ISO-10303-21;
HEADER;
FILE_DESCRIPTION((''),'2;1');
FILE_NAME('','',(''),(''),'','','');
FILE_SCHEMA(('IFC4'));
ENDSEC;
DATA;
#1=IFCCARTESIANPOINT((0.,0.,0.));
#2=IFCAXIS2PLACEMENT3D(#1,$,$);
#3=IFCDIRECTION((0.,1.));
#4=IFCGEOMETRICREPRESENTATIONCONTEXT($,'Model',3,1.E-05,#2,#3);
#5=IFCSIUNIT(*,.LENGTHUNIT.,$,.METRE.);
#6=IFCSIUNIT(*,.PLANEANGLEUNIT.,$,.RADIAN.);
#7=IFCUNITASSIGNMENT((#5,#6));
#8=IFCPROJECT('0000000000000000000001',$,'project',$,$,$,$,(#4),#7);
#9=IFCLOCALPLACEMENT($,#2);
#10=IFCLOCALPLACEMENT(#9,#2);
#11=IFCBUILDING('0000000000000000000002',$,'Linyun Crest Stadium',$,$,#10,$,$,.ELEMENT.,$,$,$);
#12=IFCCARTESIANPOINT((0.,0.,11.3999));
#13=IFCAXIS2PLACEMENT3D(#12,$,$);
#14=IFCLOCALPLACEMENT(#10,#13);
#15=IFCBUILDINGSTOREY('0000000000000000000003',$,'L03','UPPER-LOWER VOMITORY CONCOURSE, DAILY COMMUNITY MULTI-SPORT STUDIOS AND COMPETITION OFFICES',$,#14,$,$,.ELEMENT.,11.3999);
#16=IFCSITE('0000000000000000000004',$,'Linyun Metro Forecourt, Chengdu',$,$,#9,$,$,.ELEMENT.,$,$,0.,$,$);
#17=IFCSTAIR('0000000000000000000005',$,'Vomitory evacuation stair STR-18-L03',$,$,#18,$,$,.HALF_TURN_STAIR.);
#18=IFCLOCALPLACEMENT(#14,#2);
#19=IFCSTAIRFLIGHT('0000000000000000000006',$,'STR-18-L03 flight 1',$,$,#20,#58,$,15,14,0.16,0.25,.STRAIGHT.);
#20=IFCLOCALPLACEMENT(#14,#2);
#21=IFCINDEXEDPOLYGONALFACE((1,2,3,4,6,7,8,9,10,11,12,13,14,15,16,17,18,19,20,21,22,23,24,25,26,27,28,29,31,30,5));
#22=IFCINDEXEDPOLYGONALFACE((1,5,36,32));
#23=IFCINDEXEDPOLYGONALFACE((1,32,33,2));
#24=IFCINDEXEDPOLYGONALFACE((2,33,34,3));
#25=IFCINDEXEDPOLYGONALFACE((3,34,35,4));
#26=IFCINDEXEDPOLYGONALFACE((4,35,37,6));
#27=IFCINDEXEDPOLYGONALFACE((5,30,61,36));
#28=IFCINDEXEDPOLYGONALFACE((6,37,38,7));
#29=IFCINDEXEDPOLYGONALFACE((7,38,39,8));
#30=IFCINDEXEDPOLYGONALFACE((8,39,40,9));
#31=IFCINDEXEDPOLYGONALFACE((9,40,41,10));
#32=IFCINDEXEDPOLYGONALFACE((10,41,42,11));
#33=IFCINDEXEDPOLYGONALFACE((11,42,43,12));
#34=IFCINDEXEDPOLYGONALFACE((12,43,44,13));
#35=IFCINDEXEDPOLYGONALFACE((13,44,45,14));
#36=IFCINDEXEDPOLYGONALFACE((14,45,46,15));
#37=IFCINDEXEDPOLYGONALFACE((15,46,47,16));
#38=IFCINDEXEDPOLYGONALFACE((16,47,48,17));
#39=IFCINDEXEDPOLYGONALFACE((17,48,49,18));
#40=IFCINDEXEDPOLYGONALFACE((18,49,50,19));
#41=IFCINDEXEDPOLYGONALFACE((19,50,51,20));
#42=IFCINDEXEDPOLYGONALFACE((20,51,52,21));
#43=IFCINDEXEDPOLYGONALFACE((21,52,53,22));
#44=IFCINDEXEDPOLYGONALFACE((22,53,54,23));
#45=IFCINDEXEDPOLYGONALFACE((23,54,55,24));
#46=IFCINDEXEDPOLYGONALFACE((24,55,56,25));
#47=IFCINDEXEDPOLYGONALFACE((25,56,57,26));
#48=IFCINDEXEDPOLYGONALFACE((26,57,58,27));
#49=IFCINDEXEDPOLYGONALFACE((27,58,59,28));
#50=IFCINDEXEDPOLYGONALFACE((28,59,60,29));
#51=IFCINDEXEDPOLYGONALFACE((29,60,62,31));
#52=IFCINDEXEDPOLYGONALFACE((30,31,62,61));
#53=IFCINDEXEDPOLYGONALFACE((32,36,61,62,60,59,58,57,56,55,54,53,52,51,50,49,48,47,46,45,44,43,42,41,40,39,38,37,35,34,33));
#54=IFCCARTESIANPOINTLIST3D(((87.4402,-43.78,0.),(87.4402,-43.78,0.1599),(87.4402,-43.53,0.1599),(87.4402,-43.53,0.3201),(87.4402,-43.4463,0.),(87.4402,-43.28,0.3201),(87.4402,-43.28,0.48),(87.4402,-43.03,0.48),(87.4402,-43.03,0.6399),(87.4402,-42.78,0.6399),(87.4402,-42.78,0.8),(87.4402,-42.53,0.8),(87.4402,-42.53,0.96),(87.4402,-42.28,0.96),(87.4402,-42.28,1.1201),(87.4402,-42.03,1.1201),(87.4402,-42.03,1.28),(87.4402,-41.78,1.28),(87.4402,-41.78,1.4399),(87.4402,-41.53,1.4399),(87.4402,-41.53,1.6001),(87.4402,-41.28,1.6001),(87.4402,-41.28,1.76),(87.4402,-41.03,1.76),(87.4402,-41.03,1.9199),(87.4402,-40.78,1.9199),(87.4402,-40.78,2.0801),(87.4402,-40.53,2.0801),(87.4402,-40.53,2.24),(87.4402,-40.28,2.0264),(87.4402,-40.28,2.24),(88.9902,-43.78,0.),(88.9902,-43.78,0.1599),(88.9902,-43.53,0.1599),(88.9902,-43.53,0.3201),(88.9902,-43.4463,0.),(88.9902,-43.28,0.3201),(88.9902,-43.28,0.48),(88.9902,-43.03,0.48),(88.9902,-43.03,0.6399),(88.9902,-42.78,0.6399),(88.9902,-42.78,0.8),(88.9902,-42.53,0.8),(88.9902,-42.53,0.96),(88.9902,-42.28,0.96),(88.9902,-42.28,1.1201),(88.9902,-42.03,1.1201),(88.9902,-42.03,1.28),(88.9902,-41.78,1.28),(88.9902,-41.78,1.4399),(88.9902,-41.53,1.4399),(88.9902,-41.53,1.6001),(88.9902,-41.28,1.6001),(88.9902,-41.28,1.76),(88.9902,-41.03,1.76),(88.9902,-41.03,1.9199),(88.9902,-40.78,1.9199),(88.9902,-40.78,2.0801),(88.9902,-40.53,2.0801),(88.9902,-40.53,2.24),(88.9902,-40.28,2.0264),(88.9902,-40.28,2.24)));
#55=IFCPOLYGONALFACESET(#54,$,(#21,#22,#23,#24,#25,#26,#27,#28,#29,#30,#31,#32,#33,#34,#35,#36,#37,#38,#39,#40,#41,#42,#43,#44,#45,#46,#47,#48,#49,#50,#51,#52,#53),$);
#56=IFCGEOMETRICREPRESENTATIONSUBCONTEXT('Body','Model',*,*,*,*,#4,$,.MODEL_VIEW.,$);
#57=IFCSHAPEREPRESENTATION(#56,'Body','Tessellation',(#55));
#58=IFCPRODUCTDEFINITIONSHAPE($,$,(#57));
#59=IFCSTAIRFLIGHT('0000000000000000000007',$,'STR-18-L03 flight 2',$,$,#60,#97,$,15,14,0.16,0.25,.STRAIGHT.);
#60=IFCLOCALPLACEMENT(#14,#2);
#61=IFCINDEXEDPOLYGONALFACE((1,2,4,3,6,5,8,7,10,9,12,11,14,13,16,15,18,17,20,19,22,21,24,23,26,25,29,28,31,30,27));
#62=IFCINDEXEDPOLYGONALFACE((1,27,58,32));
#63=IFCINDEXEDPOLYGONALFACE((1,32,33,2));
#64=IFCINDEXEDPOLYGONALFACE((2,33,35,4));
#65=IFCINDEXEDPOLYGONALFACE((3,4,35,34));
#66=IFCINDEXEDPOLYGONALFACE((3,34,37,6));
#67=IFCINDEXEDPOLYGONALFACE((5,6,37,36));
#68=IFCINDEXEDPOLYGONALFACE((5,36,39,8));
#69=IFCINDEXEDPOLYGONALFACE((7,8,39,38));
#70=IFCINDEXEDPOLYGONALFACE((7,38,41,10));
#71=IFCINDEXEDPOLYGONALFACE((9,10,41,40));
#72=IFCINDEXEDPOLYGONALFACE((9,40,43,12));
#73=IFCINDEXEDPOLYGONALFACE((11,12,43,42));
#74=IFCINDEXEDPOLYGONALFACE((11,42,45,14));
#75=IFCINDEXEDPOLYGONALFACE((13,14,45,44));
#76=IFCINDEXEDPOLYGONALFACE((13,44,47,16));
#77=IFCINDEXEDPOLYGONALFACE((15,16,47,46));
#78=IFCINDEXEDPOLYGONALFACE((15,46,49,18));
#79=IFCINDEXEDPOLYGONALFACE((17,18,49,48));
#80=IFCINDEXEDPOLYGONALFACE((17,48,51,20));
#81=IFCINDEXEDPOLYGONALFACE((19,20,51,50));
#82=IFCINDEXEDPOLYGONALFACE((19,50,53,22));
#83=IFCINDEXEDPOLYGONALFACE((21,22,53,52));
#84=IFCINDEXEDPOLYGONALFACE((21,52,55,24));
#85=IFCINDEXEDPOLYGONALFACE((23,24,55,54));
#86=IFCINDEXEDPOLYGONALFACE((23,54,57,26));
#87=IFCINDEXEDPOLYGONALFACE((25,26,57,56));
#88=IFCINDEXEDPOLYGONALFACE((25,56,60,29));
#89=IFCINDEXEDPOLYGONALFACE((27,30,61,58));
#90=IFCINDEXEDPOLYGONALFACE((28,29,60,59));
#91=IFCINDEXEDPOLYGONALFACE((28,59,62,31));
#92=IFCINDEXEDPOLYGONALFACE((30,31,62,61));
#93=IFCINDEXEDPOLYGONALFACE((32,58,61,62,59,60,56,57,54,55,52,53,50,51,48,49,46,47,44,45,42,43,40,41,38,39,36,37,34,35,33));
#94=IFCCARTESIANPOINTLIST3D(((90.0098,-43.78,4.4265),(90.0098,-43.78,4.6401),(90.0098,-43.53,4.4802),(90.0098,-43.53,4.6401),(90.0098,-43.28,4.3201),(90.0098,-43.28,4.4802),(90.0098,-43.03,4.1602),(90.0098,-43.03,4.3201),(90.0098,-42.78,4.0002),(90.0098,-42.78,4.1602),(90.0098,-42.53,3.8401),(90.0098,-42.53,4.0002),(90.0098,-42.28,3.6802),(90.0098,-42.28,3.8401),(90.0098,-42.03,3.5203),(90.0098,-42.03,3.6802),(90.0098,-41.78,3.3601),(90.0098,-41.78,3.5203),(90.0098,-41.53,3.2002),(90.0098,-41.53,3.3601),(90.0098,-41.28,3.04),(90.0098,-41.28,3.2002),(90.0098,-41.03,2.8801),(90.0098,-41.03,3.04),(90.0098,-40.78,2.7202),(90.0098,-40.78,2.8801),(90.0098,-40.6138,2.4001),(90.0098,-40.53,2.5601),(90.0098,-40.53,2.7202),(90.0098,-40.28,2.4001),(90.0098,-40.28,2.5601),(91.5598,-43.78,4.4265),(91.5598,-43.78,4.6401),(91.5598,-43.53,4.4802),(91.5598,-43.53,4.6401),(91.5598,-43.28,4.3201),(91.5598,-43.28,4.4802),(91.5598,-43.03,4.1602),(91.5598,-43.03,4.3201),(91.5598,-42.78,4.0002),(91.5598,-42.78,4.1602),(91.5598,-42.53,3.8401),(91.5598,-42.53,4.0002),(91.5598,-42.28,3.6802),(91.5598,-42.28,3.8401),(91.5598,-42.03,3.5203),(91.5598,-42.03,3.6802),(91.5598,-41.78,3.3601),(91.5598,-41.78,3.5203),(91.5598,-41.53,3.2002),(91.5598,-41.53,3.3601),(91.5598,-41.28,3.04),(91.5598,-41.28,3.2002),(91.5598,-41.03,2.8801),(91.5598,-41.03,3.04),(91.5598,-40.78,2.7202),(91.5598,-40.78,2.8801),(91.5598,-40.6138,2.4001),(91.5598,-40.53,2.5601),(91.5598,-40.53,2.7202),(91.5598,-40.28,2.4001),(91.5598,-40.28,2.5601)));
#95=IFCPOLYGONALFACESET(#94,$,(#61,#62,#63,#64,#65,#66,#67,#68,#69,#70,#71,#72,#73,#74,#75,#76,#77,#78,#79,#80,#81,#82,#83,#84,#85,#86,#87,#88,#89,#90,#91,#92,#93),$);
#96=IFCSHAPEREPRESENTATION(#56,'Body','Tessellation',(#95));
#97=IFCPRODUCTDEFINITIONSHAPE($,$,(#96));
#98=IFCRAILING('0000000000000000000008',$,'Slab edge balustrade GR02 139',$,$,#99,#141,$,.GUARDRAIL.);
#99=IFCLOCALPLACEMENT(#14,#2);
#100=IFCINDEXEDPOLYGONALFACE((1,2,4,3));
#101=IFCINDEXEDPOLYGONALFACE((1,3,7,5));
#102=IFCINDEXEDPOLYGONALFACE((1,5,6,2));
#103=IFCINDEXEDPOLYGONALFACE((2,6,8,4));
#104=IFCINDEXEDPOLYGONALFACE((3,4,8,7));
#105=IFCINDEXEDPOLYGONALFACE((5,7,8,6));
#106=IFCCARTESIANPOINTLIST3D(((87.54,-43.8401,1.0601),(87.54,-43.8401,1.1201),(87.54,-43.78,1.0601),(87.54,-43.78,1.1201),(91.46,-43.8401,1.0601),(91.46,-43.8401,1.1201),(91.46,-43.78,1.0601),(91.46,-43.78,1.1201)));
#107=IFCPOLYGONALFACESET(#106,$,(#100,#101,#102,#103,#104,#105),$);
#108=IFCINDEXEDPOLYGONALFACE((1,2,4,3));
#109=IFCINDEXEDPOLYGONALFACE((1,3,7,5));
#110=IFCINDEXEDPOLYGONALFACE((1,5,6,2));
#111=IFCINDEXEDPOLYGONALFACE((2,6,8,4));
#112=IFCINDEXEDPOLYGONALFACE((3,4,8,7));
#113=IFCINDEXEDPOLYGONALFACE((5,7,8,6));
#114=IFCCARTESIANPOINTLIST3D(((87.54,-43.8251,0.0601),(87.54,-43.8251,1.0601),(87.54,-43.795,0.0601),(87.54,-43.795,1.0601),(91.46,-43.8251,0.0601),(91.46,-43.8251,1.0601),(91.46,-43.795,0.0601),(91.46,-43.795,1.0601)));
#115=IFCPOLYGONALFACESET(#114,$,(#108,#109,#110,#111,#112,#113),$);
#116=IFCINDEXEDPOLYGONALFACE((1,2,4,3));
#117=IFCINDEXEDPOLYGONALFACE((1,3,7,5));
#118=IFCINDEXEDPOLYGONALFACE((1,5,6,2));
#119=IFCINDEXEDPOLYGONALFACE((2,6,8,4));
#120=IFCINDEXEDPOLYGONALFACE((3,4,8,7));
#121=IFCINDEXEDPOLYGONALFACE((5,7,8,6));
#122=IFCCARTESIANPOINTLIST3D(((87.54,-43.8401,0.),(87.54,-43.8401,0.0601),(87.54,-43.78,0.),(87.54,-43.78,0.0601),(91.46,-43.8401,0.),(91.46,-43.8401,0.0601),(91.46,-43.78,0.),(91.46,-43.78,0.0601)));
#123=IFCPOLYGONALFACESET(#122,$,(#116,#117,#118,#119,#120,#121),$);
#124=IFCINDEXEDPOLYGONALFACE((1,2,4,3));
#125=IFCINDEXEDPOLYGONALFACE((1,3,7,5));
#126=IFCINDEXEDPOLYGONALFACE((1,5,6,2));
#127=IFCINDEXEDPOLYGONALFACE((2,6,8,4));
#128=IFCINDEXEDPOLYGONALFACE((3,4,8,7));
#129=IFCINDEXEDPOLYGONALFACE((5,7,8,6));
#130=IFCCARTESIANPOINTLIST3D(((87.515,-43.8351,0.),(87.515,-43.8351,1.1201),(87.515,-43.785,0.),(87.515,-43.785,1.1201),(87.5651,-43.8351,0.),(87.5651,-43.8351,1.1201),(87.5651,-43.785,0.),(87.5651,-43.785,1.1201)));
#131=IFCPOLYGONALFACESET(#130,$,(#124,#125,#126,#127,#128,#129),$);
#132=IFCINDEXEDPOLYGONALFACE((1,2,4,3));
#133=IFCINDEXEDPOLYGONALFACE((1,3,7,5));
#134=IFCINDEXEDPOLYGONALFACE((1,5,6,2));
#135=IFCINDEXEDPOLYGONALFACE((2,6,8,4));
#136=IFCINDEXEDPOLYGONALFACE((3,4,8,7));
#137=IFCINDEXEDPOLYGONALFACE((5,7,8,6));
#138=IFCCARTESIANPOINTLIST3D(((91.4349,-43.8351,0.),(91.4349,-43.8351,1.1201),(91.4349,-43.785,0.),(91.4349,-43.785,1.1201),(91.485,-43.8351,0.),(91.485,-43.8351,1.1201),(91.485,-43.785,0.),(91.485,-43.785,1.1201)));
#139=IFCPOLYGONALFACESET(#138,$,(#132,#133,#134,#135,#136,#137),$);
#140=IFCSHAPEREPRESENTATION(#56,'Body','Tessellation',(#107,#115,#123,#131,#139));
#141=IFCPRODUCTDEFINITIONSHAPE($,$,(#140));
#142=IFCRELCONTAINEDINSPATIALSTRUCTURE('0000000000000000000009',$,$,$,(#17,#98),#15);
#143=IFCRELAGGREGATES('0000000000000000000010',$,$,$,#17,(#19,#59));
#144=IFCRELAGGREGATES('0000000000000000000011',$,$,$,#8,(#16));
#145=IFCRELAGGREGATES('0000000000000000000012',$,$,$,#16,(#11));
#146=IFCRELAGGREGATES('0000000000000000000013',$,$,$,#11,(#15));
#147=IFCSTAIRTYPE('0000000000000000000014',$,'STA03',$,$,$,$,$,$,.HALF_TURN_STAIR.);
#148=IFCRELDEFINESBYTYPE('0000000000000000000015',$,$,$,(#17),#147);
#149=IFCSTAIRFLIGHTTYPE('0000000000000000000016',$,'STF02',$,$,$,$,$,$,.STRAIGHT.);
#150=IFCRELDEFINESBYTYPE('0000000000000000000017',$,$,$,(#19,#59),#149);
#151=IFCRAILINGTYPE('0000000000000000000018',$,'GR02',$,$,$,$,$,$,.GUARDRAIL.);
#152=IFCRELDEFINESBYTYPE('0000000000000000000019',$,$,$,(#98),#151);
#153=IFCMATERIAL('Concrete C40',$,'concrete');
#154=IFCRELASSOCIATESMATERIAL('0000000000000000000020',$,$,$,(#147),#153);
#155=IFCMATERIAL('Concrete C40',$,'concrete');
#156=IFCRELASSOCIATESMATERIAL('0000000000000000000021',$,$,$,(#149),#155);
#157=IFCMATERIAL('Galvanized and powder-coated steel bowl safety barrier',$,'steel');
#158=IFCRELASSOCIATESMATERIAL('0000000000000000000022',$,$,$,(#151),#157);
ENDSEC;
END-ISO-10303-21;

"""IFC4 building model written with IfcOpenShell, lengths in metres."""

from ifc_helpers import new_model, si_unit, direction, frame, origin, origin_2d, place, context, subcontext, project, spatial, polyline, rectangle, outline, extrude, material, type_object, element, aggregate, save


model = new_model("IFC4")

# Units and contexts
model_context = context("Model", 3, precision=1e-05, world=origin(), true_north=direction((0.0, 1.0)))
body_context = subcontext(model_context, "Body", "Model", "MODEL_VIEW")
ifc_project = project(units=[si_unit("LENGTHUNIT", "METRE"), si_unit("PLANEANGLEUNIT", "RADIAN")], contexts=[model_context])

# Site, building, storey
site_placement = place(None, origin())
site = spatial("IfcSite", under=ifc_project, at=site_placement, Name="Linyun Metro Forecourt, Chengdu", CompositionType="ELEMENT", RefElevation=0.0)
building_placement = place(site_placement, origin())
building = spatial("IfcBuilding", under=site, at=building_placement, Name="Linyun Crest Stadium", CompositionType="ELEMENT")
storey_placement = place(building_placement, frame((0.0, 0.0, 11.3999)))
storey = spatial("IfcBuildingStorey", under=building, at=storey_placement, Name="L03", Description="UPPER-LOWER VOMITORY CONCOURSE, DAILY COMMUNITY MULTI-SPORT STUDIOS AND COMPETITION OFFICES", CompositionType="ELEMENT", Elevation=11.3999)

# Stair, stair flights
ifc_material_1 = material(Name="Concrete C40", Category="concrete")
stair_type = type_object("IfcStairType", Name="STA03", PredefinedType="HALF_TURN_STAIR", material=ifc_material_1)
stair_placement = place(storey_placement, origin())
stair = element("IfcStair", 1, at=stair_placement, inside=storey, type_object=stair_type, Name="Vomitory evacuation stair STR-18-L03", PredefinedType="HALF_TURN_STAIR")
ifc_material_2 = material(Name="Concrete C40", Category="concrete")
stair_flight_type = type_object("IfcStairFlightType", Name="STF02", PredefinedType="STRAIGHT", material=ifc_material_2)
stair_flight_1_placement = place(storey_placement, frame((88.2151, -43.78, 0.0), z_axis=(0.0, 0.0, 1.0), x_axis=(0.0, 1.0, 0.0)))
stair_flight_1 = element("IfcStairFlight", 2, at=stair_flight_1_placement, type_object=stair_flight_type, Name="STR-18-L03 flight 1", NumberOfRisers=15, NumberOfTreads=14, PredefinedType="STRAIGHT", RiserHeight=0.16, TreadLength=0.25, context=body_context, shape_type="SweptSolid", body=[
    extrude(outline(polyline([(0.0, 0.0), (0.0, 0.1599), (0.25, 0.1599), (0.25, 0.3201), (0.5, 0.3201), (0.5, 0.48), (0.75, 0.48), (0.75, 0.6399), (1.0, 0.6399), (1.0, 0.8), (1.25, 0.8), (1.25, 0.96), (1.5, 0.96), (1.5, 1.1201), (1.75, 1.1201), (1.75, 1.28), (2.0, 1.28), (2.0, 1.4399), (2.25, 1.4399), (2.25, 1.6001), (2.5, 1.6001), (2.5, 1.76), (2.75, 1.76), (2.75, 1.9199), (3.0, 1.9199), (3.0, 2.0801), (3.25, 2.0801), (3.25, 2.24), (3.5, 2.24), (3.5, 2.3999), (3.5, 2.0264), (0.3337, 0.0), (0.0, 0.0)])), frame((0.0, 0.7749, 0.0), z_axis=(0.0, -1.0, 0.0), x_axis=(1.0, 0.0, 0.0)), (0.0, 0.0, 1.0), 1.55),
])
stair_flight_2_placement = place(storey_placement, frame((90.7849, -40.28, 2.4001), z_axis=(0.0, 0.0, 1.0), x_axis=(0.0, -1.0, 0.0)))
stair_flight_2 = element("IfcStairFlight", 3, at=stair_flight_2_placement, type_object=stair_flight_type, Name="STR-18-L03 flight 2", NumberOfRisers=15, NumberOfTreads=14, PredefinedType="STRAIGHT", RiserHeight=0.16, TreadLength=0.25, context=body_context, shape_type="SweptSolid", body=[
    extrude(outline(polyline([(0.0, 0.0), (0.0, 0.1599), (0.25, 0.1599), (0.25, 0.3201), (0.5, 0.3201), (0.5, 0.48), (0.75, 0.48), (0.75, 0.6399), (1.0, 0.6399), (1.0, 0.8), (1.25, 0.8), (1.25, 0.96), (1.5, 0.96), (1.5, 1.1201), (1.75, 1.1201), (1.75, 1.28), (2.0, 1.28), (2.0, 1.4399), (2.25, 1.4399), (2.25, 1.6001), (2.5, 1.6001), (2.5, 1.76), (2.75, 1.76), (2.75, 1.9199), (3.0, 1.9199), (3.0, 2.0801), (3.25, 2.0801), (3.25, 2.24), (3.5, 2.24), (3.5, 2.3999), (3.5, 2.0264), (0.3337, 0.0), (0.0, 0.0)])), frame((0.0, 0.7749, 0.0), z_axis=(0.0, -1.0, 0.0), x_axis=(1.0, 0.0, 0.0)), (0.0, 0.0, 1.0), 1.55),
])
aggregate(stair, [stair_flight_1, stair_flight_2])

# Railing
ifc_material_3 = material(Name="Galvanized and powder-coated steel bowl safety barrier", Category="steel")
railing_type_1 = type_object("IfcRailingType", Name="GR02", PredefinedType="GUARDRAIL", material=ifc_material_3)
railing_1_placement = place(storey_placement, frame((87.54, -43.8101, 0.0)))
element("IfcRailing", 4, at=railing_1_placement, inside=storey, type_object=railing_type_1, Name="Slab edge balustrade GR02 139", PredefinedType="GUARDRAIL", context=body_context, shape_type="SweptSolid", body=[
    extrude(rectangle(XDim=0.0601, YDim=0.0601, at=origin_2d()), frame((0.0, 0.0, 1.0901), z_axis=(1.0, 0.0, 0.0), x_axis=(0.0, 1.0, 0.0)), (0.0, 0.0, 1.0), 3.9199),
    extrude(rectangle(XDim=0.03, YDim=1.0, at=origin_2d()), frame((0.0, 0.0, 0.5601), z_axis=(1.0, 0.0, 0.0), x_axis=(0.0, 1.0, 0.0)), (0.0, 0.0, 1.0), 3.9199),
    extrude(rectangle(XDim=0.0601, YDim=0.0601, at=origin_2d()), frame((0.0, 0.0, 0.03), z_axis=(1.0, 0.0, 0.0), x_axis=(0.0, 1.0, 0.0)), (0.0, 0.0, 1.0), 3.9199),
    extrude(rectangle(XDim=0.05, YDim=0.05, at=origin_2d()), origin(), (0.0, 0.0, 1.0), 1.1201),
    extrude(rectangle(XDim=0.05, YDim=0.05, at=origin_2d()), frame((3.9199, 0.0, 0.0)), (0.0, 0.0, 1.0), 1.1201),
])

save(model, "model.ifc")
